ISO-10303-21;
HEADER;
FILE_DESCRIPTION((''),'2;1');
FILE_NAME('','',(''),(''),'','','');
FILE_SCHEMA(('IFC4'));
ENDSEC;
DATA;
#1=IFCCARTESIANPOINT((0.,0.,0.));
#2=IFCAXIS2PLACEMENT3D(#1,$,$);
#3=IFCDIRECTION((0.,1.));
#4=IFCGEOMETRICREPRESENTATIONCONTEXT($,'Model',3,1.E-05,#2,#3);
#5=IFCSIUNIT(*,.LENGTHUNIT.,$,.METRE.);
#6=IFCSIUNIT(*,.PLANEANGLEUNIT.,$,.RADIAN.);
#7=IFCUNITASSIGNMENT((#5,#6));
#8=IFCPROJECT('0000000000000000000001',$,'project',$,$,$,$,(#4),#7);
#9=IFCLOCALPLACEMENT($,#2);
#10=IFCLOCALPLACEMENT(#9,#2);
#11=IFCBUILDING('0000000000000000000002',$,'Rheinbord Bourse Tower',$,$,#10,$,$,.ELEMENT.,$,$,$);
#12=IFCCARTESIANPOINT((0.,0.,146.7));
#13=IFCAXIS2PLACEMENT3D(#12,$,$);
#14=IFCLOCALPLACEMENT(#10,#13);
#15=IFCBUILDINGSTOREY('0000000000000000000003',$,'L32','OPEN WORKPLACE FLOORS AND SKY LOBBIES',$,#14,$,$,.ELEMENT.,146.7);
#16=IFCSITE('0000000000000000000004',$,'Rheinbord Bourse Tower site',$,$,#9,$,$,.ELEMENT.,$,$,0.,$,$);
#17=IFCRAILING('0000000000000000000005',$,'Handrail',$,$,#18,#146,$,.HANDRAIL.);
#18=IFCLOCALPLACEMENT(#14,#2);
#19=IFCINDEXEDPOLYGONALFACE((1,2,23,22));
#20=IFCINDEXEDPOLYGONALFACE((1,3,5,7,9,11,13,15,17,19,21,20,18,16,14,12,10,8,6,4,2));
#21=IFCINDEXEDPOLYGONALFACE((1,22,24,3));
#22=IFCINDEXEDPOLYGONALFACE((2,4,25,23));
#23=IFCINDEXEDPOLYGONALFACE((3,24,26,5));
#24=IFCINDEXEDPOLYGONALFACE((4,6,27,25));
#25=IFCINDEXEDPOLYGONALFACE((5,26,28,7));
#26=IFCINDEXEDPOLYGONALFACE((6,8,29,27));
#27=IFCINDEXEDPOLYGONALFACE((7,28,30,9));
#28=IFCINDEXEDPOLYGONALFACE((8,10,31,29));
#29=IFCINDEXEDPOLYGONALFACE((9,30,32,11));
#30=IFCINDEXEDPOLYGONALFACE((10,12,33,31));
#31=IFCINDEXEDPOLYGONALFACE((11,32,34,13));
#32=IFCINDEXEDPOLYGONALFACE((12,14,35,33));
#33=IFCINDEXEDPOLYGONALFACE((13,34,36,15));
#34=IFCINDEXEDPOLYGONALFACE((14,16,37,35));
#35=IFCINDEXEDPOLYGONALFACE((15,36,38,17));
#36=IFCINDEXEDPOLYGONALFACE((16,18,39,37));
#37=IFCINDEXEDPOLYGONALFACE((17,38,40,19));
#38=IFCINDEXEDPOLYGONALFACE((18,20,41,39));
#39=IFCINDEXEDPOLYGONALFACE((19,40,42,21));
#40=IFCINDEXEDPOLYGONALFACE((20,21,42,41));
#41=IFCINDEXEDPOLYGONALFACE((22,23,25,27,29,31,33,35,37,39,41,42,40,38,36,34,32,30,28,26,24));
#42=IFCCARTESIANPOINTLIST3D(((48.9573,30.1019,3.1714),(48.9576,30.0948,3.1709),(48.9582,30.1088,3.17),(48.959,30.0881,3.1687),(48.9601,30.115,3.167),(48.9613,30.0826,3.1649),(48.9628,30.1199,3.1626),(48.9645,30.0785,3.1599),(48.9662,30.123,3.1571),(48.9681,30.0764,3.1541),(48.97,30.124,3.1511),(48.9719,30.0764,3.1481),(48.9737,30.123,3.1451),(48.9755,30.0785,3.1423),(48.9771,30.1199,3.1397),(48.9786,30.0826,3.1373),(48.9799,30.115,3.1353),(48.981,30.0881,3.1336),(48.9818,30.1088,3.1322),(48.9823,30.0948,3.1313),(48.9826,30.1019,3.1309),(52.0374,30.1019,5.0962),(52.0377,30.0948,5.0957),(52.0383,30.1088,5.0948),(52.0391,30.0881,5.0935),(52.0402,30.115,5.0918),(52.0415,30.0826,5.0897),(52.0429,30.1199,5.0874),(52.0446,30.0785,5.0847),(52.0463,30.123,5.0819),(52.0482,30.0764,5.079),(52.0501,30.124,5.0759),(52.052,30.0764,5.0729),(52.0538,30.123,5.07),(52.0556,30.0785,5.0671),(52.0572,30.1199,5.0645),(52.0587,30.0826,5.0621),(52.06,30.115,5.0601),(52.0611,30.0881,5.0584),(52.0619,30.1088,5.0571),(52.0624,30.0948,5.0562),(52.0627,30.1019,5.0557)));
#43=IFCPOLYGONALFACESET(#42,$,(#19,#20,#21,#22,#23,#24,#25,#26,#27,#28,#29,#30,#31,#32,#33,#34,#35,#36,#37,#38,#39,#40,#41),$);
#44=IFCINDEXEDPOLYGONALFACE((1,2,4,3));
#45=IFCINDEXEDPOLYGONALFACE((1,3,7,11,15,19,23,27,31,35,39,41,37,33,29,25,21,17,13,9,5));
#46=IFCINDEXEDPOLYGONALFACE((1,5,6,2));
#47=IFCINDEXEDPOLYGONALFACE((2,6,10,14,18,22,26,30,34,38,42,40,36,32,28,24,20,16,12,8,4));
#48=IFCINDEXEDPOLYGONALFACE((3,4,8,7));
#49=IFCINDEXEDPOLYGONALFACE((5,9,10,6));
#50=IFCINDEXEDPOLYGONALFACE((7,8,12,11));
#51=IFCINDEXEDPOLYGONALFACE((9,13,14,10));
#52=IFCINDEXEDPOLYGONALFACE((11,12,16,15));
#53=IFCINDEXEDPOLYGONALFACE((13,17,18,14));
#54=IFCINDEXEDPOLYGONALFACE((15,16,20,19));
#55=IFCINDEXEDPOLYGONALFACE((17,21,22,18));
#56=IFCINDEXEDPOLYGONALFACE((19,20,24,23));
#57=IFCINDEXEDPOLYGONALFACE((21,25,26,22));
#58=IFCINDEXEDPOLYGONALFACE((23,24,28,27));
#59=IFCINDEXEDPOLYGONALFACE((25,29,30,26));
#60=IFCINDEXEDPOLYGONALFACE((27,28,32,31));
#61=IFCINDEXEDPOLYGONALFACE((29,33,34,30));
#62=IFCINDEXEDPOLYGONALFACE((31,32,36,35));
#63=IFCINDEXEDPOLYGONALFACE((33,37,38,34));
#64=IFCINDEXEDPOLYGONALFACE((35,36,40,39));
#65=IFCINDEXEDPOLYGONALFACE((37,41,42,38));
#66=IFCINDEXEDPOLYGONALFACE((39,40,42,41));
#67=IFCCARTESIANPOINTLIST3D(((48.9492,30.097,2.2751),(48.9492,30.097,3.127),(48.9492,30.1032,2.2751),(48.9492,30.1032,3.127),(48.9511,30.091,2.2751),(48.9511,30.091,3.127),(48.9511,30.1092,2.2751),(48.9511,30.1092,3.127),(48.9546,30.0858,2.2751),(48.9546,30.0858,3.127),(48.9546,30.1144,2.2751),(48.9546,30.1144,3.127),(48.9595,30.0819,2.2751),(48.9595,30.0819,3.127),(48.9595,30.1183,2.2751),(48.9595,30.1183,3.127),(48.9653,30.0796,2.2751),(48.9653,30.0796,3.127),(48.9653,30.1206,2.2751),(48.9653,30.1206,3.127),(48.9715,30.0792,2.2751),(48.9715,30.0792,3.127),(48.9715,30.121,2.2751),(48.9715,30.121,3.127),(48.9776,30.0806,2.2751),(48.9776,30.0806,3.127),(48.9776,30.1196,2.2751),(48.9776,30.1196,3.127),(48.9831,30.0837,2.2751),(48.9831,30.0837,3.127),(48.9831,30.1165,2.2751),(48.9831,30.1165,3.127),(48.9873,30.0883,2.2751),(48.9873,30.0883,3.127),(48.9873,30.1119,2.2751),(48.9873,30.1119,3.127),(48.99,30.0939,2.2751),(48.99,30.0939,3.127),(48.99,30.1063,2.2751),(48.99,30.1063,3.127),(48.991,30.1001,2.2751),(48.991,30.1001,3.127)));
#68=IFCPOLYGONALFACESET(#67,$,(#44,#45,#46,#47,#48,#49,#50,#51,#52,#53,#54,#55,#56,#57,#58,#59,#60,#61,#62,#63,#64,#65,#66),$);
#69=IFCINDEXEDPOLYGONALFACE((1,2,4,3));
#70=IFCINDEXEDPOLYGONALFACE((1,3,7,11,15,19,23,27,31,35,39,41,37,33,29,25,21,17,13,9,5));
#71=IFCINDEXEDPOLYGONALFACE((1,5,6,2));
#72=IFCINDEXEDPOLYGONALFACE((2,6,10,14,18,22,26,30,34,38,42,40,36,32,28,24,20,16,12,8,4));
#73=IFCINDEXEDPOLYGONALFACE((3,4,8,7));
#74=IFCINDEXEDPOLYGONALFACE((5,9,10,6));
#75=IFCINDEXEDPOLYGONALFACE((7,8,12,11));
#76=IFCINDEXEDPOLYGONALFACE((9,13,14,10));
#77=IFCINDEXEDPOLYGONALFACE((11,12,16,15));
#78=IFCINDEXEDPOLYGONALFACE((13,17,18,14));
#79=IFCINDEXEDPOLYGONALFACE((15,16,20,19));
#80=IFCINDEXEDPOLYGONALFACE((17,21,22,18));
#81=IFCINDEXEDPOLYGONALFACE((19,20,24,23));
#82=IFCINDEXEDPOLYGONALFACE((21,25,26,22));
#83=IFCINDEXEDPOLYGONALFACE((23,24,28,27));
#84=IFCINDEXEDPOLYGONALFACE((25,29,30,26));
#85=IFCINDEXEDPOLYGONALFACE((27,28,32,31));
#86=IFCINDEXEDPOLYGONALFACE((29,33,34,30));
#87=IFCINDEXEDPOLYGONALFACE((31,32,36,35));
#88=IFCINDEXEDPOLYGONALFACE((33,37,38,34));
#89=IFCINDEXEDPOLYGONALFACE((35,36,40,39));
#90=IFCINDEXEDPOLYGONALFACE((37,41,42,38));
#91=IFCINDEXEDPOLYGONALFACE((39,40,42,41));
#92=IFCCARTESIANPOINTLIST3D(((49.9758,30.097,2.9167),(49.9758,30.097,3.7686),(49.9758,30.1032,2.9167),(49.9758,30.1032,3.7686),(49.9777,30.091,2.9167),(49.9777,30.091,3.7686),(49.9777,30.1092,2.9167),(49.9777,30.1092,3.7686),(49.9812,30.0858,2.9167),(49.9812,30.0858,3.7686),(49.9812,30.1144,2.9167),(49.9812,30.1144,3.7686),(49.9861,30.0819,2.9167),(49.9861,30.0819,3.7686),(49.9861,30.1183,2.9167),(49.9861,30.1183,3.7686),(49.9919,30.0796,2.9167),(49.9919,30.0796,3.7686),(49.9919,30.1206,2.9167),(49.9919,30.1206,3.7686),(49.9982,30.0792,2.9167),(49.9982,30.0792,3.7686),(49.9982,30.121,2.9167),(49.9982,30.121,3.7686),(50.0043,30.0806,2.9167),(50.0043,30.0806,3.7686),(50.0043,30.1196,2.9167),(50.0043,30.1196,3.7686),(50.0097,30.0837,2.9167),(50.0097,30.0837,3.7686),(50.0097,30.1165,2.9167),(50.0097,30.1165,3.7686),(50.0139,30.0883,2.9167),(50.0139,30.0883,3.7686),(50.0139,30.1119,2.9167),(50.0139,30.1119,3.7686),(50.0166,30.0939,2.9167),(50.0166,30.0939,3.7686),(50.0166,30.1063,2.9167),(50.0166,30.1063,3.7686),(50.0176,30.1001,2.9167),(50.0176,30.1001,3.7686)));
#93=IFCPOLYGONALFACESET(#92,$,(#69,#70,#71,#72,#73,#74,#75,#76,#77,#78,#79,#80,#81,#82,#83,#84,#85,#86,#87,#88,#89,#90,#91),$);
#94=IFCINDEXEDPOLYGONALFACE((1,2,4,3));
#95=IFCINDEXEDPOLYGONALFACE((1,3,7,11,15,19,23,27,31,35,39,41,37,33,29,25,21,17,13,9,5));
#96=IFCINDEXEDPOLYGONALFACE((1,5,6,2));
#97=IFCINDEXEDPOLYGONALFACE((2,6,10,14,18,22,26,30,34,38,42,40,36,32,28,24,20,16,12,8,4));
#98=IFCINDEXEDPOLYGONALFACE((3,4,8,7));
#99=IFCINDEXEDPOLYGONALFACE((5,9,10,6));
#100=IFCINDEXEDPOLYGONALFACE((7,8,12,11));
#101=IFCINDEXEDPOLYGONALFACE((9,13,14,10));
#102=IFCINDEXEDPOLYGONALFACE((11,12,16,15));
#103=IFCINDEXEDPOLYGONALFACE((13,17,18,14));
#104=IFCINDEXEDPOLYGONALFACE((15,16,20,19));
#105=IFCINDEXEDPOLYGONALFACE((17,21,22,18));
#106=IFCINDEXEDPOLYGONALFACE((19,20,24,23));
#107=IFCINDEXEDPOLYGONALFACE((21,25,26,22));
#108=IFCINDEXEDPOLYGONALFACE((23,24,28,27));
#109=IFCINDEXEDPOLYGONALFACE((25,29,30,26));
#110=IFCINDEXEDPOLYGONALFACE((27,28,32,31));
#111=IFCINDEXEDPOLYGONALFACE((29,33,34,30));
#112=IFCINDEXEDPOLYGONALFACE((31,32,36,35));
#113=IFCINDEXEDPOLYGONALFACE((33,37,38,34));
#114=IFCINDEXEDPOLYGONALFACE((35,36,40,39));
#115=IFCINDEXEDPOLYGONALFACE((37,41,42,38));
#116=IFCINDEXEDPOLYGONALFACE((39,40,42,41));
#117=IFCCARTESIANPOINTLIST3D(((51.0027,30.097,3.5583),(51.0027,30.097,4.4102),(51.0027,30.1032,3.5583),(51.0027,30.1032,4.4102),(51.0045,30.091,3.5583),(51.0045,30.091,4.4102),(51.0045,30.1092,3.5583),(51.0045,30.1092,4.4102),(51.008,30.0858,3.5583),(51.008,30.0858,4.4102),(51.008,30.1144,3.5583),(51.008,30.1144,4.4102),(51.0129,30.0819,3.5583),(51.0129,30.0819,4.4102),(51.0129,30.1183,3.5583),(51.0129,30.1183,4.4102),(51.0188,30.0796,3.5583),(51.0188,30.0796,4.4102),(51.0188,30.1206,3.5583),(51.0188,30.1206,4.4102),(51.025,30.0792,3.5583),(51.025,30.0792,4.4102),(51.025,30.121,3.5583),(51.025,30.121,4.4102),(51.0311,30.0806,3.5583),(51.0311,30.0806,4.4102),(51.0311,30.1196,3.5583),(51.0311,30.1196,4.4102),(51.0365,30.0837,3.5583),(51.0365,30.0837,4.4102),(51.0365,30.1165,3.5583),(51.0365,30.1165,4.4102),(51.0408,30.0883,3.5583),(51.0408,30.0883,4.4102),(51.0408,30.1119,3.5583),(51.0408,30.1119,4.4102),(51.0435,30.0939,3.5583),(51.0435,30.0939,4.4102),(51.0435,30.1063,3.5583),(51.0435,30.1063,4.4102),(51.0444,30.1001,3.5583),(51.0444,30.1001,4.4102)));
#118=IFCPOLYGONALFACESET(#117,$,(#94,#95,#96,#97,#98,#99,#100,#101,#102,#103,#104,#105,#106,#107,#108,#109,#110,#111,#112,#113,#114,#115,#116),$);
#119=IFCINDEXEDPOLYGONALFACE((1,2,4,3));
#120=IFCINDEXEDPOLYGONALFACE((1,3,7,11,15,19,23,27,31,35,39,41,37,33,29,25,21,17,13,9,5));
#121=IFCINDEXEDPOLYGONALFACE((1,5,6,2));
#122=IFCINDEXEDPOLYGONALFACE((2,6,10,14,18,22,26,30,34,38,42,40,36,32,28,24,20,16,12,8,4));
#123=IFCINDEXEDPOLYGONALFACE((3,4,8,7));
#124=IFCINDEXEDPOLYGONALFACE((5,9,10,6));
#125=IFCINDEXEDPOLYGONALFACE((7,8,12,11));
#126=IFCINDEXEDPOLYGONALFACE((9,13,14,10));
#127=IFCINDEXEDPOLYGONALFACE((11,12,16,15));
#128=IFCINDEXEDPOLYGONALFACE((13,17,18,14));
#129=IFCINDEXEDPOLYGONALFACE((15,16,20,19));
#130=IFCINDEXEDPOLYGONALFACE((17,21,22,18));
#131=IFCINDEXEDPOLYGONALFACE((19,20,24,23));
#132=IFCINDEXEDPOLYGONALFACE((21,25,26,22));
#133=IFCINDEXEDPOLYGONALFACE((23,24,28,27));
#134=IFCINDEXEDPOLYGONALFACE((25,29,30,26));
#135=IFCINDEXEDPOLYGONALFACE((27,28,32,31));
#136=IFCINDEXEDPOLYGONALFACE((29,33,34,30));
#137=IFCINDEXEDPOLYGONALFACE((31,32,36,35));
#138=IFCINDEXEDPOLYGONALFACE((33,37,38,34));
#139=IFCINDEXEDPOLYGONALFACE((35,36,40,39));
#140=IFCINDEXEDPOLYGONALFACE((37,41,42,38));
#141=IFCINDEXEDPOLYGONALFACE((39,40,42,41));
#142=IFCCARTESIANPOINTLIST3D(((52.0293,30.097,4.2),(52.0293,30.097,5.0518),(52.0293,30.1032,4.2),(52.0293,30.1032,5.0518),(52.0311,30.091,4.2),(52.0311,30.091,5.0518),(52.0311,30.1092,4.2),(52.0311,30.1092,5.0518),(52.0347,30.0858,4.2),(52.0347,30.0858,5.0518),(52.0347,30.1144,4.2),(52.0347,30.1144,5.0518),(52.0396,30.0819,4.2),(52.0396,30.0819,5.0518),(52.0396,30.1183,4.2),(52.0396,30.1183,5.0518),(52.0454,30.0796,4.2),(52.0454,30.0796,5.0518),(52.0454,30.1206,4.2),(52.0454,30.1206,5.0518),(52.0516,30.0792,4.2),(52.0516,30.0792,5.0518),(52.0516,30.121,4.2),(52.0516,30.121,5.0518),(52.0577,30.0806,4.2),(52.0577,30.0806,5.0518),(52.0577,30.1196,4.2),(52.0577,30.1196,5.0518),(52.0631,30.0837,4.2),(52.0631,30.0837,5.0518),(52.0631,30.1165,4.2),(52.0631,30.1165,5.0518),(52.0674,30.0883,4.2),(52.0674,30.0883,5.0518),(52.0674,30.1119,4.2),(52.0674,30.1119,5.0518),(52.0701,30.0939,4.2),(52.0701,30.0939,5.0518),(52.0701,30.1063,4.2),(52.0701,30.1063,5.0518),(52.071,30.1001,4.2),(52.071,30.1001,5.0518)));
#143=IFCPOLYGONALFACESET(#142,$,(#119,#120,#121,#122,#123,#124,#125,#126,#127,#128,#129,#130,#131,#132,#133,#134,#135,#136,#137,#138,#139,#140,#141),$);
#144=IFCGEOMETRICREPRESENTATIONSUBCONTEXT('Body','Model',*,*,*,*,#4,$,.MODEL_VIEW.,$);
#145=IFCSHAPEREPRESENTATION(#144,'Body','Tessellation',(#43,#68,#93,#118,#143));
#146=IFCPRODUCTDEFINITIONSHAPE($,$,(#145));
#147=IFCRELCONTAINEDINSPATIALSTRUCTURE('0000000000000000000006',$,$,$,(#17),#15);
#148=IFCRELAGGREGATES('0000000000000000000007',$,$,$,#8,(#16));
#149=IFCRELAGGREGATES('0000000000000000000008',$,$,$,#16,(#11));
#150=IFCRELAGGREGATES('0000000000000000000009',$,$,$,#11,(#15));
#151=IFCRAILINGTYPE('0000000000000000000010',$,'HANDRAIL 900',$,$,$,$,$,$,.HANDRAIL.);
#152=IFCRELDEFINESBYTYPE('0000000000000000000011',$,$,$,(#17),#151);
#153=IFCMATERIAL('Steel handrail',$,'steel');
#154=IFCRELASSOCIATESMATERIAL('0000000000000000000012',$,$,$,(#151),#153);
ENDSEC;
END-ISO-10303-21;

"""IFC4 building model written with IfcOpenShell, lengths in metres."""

from ifc_helpers import new_model, si_unit, direction, frame, origin, origin_2d, place, context, subcontext, project, spatial, circle, extrude, material, type_object, element, save


model = new_model("IFC4")

# Units and contexts
model_context = context("Model", 3, precision=1e-05, world=origin(), true_north=direction((0.0, 1.0)))
body_context = subcontext(model_context, "Body", "Model", "MODEL_VIEW")
ifc_project = project(units=[si_unit("LENGTHUNIT", "METRE"), si_unit("PLANEANGLEUNIT", "RADIAN")], contexts=[model_context])

# Site, building, storey
site_placement = place(None, origin())
site = spatial("IfcSite", under=ifc_project, at=site_placement, Name="Rheinbord Bourse Tower site", CompositionType="ELEMENT", RefElevation=0.0)
building_placement = place(site_placement, origin())
building = spatial("IfcBuilding", under=site, at=building_placement, Name="Rheinbord Bourse Tower", CompositionType="ELEMENT")
storey_placement = place(building_placement, frame((0.0, 0.0, 146.7)))
storey = spatial("IfcBuildingStorey", under=building, at=storey_placement, Name="L32", Description="OPEN WORKPLACE FLOORS AND SKY LOBBIES", CompositionType="ELEMENT", Elevation=146.7)

# Railing
ifc_material_1 = material(Name="Steel handrail", Category="steel")
railing_type = type_object("IfcRailingType", Name="HANDRAIL 900", PredefinedType="HANDRAIL", material=ifc_material_1)
railing_1_placement = place(storey_placement, frame((48.97, 30.1001, 2.2751)))
element("IfcRailing", 1, at=railing_1_placement, inside=storey, type_object=railing_type, Name="Handrail", PredefinedType="HANDRAIL", context=body_context, shape_type="SweptSolid", body=[
    extrude(circle(Radius=0.0239, at=origin_2d()), frame((0.0, 0.0, 0.876), z_axis=(0.848029, 0.0, 0.529951), x_axis=(0.0, 1.0, 0.0)), (0.0, 0.0, 1.0), 3.6321),
    extrude(circle(Radius=0.021, at=origin_2d()), origin(), (0.0, 0.0, 1.0), 0.8518),
    extrude(circle(Radius=0.021, at=origin_2d()), frame((1.0266, 0.0, 0.6416)), (0.0, 0.0, 1.0), 0.8518),
    extrude(circle(Radius=0.021, at=origin_2d()), frame((2.0535, 0.0, 1.2832)), (0.0, 0.0, 1.0), 0.8518),
    extrude(circle(Radius=0.021, at=origin_2d()), frame((3.0801, 0.0, 1.9248)), (0.0, 0.0, 1.0), 0.8518),
])

save(model, "model.ifc")
